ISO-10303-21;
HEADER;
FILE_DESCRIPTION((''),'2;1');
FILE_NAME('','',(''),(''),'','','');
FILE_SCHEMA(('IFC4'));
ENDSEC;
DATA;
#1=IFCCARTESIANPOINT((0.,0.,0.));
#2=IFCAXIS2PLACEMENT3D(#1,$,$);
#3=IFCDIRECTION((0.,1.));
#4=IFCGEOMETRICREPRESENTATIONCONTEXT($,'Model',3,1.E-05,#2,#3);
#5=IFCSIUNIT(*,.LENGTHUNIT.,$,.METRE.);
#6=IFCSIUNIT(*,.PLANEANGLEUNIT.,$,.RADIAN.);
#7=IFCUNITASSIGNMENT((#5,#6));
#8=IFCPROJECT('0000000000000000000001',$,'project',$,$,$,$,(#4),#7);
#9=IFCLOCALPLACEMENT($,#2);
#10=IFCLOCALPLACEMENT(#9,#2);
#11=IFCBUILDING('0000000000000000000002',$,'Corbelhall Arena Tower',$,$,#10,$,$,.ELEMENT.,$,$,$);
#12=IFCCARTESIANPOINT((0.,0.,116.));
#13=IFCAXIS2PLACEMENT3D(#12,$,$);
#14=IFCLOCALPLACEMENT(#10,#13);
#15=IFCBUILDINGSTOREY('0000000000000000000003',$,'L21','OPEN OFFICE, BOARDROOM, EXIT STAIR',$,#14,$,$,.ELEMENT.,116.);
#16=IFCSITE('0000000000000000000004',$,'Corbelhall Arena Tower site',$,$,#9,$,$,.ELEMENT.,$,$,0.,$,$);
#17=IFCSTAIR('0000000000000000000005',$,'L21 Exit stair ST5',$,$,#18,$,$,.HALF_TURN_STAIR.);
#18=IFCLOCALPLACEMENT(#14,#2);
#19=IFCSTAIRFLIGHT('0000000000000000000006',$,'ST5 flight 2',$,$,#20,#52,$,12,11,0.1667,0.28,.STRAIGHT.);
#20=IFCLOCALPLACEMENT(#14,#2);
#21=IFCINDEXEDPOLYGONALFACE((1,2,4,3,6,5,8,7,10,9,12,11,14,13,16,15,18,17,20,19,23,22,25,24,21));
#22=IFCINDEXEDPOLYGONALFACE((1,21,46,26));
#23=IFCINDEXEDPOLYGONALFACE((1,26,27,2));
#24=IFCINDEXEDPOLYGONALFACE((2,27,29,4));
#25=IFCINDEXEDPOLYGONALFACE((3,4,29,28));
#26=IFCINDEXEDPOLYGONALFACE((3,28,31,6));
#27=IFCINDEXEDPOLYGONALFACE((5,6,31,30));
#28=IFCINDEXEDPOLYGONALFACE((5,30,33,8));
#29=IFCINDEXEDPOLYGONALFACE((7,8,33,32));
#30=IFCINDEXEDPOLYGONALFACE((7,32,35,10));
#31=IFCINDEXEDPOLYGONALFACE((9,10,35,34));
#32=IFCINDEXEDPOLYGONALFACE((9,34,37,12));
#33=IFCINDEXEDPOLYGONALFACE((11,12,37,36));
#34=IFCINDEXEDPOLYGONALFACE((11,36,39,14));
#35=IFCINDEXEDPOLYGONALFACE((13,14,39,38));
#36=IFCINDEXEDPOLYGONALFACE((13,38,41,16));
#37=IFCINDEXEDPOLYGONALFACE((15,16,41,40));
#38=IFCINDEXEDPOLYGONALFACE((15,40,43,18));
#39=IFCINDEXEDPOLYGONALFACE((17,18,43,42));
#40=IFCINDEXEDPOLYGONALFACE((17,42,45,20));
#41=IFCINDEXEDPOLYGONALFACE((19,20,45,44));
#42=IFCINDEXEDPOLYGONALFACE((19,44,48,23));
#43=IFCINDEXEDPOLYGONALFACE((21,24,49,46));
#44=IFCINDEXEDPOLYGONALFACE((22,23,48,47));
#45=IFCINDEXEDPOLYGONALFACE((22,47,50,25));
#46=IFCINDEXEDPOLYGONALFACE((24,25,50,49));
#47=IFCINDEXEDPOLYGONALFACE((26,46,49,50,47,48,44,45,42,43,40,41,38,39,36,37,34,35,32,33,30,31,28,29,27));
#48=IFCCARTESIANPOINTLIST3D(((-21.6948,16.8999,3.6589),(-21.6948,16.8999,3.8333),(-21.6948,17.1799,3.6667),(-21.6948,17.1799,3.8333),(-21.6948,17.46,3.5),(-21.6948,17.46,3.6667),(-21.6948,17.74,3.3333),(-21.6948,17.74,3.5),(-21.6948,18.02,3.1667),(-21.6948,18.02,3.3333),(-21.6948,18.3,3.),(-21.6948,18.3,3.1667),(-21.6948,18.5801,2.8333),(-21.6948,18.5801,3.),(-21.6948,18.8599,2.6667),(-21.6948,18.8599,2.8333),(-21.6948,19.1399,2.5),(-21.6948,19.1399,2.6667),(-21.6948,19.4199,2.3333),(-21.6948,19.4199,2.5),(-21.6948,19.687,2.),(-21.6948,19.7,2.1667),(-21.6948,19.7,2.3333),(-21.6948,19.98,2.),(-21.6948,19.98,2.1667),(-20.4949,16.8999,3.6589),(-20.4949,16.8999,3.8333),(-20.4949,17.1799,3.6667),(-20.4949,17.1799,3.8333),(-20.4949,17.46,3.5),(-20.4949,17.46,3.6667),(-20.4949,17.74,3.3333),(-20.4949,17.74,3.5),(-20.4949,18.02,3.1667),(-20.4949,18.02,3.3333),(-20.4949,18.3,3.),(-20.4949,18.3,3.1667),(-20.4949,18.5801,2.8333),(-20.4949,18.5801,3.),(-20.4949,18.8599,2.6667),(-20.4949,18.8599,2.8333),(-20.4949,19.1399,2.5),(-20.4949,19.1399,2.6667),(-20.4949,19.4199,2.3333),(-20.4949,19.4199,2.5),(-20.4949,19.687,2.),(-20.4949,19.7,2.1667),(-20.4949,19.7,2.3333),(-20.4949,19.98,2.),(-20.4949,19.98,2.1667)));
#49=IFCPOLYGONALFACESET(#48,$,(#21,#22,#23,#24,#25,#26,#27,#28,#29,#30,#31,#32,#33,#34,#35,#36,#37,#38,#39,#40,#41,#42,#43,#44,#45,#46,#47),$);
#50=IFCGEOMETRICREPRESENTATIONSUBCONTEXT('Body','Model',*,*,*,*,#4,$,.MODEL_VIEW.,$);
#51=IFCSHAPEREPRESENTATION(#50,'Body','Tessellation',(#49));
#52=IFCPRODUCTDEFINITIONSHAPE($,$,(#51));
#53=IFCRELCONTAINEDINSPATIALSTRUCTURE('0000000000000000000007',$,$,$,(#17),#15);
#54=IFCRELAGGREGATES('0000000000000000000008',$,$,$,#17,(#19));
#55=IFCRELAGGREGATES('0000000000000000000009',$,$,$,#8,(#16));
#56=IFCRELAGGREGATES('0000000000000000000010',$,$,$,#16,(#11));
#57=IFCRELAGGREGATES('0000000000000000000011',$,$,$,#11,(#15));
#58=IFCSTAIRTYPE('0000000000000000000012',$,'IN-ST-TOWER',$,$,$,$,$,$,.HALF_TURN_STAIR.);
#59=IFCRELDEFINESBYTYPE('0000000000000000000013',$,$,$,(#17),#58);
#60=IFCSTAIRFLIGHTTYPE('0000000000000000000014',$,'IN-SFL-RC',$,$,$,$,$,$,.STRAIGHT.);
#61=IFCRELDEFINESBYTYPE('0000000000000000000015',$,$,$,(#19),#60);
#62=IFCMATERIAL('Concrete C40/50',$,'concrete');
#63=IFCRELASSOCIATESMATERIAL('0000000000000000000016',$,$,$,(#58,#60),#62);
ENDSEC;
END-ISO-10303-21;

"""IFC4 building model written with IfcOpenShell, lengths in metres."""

from ifc_helpers import new_model, si_unit, direction, frame, origin, place, context, subcontext, project, spatial, polyline, outline, extrude, material, type_object, element, aggregate, save


model = new_model("IFC4")

# Units and contexts
model_context = context("Model", 3, precision=1e-05, world=origin(), true_north=direction((0.0, 1.0)))
body_context = subcontext(model_context, "Body", "Model", "MODEL_VIEW")
ifc_project = project(units=[si_unit("LENGTHUNIT", "METRE"), si_unit("PLANEANGLEUNIT", "RADIAN")], contexts=[model_context])

# Site, building, storey
site_placement = place(None, origin())
site = spatial("IfcSite", under=ifc_project, at=site_placement, Name="Corbelhall Arena Tower site", CompositionType="ELEMENT", RefElevation=0.0)
building_placement = place(site_placement, origin())
building = spatial("IfcBuilding", under=site, at=building_placement, Name="Corbelhall Arena Tower", CompositionType="ELEMENT")
storey_placement = place(building_placement, frame((0.0, 0.0, 116.0)))
storey = spatial("IfcBuildingStorey", under=building, at=storey_placement, Name="L21", Description="OPEN OFFICE, BOARDROOM, EXIT STAIR", CompositionType="ELEMENT", Elevation=116.0)

# Shared definitions
ifc_material_1 = material(Name="Concrete C40/50", Category="concrete")

# Stair, stair flight
stair_type = type_object("IfcStairType", Name="IN-ST-TOWER", PredefinedType="HALF_TURN_STAIR", material=ifc_material_1)
stair_placement = place(storey_placement, origin())
stair = element("IfcStair", 1, at=stair_placement, inside=storey, type_object=stair_type, Name="L21 Exit stair ST5", PredefinedType="HALF_TURN_STAIR")
stair_flight_type = type_object("IfcStairFlightType", Name="IN-SFL-RC", PredefinedType="STRAIGHT", material=ifc_material_1)
stair_flight_placement = place(storey_placement, frame((-21.095, 19.98, 2.0), z_axis=(0.0, 0.0, 1.0), x_axis=(0.0, -1.0, 0.0)))
stair_flight = element("IfcStairFlight", 2, at=stair_flight_placement, type_object=stair_flight_type, Name="ST5 flight 2", NumberOfRisers=12, NumberOfTreads=11, PredefinedType="STRAIGHT", RiserHeight=0.1667, TreadLength=0.28, context=body_context, shape_type="SweptSolid", body=[
    extrude(outline(polyline([(0.0, 0.0), (0.0, 0.1667), (0.28, 0.1667), (0.28, 0.3333), (0.5601, 0.3333), (0.5601, 0.5), (0.8401, 0.5), (0.8401, 0.6667), (1.1201, 0.6667), (1.1201, 0.8333), (1.3999, 0.8333), (1.3999, 1.0), (1.6799, 1.0), (1.6799, 1.1667), (1.96, 1.1667), (1.96, 1.3333), (2.24, 1.3333), (2.24, 1.5), (2.52, 1.5), (2.52, 1.6667), (2.8, 1.6667), (2.8, 1.8333), (3.0801, 1.8333), (3.0801, 2.0), (3.0801, 1.6589), (0.293, 0.0), (0.0, 0.0)])), frame((0.0, 0.6001, 0.0), z_axis=(0.0, -1.0, 0.0), x_axis=(1.0, 0.0, 0.0)), (0.0, 0.0, 1.0), 1.2),
])
aggregate(stair, [stair_flight])

save(model, "model.ifc")
